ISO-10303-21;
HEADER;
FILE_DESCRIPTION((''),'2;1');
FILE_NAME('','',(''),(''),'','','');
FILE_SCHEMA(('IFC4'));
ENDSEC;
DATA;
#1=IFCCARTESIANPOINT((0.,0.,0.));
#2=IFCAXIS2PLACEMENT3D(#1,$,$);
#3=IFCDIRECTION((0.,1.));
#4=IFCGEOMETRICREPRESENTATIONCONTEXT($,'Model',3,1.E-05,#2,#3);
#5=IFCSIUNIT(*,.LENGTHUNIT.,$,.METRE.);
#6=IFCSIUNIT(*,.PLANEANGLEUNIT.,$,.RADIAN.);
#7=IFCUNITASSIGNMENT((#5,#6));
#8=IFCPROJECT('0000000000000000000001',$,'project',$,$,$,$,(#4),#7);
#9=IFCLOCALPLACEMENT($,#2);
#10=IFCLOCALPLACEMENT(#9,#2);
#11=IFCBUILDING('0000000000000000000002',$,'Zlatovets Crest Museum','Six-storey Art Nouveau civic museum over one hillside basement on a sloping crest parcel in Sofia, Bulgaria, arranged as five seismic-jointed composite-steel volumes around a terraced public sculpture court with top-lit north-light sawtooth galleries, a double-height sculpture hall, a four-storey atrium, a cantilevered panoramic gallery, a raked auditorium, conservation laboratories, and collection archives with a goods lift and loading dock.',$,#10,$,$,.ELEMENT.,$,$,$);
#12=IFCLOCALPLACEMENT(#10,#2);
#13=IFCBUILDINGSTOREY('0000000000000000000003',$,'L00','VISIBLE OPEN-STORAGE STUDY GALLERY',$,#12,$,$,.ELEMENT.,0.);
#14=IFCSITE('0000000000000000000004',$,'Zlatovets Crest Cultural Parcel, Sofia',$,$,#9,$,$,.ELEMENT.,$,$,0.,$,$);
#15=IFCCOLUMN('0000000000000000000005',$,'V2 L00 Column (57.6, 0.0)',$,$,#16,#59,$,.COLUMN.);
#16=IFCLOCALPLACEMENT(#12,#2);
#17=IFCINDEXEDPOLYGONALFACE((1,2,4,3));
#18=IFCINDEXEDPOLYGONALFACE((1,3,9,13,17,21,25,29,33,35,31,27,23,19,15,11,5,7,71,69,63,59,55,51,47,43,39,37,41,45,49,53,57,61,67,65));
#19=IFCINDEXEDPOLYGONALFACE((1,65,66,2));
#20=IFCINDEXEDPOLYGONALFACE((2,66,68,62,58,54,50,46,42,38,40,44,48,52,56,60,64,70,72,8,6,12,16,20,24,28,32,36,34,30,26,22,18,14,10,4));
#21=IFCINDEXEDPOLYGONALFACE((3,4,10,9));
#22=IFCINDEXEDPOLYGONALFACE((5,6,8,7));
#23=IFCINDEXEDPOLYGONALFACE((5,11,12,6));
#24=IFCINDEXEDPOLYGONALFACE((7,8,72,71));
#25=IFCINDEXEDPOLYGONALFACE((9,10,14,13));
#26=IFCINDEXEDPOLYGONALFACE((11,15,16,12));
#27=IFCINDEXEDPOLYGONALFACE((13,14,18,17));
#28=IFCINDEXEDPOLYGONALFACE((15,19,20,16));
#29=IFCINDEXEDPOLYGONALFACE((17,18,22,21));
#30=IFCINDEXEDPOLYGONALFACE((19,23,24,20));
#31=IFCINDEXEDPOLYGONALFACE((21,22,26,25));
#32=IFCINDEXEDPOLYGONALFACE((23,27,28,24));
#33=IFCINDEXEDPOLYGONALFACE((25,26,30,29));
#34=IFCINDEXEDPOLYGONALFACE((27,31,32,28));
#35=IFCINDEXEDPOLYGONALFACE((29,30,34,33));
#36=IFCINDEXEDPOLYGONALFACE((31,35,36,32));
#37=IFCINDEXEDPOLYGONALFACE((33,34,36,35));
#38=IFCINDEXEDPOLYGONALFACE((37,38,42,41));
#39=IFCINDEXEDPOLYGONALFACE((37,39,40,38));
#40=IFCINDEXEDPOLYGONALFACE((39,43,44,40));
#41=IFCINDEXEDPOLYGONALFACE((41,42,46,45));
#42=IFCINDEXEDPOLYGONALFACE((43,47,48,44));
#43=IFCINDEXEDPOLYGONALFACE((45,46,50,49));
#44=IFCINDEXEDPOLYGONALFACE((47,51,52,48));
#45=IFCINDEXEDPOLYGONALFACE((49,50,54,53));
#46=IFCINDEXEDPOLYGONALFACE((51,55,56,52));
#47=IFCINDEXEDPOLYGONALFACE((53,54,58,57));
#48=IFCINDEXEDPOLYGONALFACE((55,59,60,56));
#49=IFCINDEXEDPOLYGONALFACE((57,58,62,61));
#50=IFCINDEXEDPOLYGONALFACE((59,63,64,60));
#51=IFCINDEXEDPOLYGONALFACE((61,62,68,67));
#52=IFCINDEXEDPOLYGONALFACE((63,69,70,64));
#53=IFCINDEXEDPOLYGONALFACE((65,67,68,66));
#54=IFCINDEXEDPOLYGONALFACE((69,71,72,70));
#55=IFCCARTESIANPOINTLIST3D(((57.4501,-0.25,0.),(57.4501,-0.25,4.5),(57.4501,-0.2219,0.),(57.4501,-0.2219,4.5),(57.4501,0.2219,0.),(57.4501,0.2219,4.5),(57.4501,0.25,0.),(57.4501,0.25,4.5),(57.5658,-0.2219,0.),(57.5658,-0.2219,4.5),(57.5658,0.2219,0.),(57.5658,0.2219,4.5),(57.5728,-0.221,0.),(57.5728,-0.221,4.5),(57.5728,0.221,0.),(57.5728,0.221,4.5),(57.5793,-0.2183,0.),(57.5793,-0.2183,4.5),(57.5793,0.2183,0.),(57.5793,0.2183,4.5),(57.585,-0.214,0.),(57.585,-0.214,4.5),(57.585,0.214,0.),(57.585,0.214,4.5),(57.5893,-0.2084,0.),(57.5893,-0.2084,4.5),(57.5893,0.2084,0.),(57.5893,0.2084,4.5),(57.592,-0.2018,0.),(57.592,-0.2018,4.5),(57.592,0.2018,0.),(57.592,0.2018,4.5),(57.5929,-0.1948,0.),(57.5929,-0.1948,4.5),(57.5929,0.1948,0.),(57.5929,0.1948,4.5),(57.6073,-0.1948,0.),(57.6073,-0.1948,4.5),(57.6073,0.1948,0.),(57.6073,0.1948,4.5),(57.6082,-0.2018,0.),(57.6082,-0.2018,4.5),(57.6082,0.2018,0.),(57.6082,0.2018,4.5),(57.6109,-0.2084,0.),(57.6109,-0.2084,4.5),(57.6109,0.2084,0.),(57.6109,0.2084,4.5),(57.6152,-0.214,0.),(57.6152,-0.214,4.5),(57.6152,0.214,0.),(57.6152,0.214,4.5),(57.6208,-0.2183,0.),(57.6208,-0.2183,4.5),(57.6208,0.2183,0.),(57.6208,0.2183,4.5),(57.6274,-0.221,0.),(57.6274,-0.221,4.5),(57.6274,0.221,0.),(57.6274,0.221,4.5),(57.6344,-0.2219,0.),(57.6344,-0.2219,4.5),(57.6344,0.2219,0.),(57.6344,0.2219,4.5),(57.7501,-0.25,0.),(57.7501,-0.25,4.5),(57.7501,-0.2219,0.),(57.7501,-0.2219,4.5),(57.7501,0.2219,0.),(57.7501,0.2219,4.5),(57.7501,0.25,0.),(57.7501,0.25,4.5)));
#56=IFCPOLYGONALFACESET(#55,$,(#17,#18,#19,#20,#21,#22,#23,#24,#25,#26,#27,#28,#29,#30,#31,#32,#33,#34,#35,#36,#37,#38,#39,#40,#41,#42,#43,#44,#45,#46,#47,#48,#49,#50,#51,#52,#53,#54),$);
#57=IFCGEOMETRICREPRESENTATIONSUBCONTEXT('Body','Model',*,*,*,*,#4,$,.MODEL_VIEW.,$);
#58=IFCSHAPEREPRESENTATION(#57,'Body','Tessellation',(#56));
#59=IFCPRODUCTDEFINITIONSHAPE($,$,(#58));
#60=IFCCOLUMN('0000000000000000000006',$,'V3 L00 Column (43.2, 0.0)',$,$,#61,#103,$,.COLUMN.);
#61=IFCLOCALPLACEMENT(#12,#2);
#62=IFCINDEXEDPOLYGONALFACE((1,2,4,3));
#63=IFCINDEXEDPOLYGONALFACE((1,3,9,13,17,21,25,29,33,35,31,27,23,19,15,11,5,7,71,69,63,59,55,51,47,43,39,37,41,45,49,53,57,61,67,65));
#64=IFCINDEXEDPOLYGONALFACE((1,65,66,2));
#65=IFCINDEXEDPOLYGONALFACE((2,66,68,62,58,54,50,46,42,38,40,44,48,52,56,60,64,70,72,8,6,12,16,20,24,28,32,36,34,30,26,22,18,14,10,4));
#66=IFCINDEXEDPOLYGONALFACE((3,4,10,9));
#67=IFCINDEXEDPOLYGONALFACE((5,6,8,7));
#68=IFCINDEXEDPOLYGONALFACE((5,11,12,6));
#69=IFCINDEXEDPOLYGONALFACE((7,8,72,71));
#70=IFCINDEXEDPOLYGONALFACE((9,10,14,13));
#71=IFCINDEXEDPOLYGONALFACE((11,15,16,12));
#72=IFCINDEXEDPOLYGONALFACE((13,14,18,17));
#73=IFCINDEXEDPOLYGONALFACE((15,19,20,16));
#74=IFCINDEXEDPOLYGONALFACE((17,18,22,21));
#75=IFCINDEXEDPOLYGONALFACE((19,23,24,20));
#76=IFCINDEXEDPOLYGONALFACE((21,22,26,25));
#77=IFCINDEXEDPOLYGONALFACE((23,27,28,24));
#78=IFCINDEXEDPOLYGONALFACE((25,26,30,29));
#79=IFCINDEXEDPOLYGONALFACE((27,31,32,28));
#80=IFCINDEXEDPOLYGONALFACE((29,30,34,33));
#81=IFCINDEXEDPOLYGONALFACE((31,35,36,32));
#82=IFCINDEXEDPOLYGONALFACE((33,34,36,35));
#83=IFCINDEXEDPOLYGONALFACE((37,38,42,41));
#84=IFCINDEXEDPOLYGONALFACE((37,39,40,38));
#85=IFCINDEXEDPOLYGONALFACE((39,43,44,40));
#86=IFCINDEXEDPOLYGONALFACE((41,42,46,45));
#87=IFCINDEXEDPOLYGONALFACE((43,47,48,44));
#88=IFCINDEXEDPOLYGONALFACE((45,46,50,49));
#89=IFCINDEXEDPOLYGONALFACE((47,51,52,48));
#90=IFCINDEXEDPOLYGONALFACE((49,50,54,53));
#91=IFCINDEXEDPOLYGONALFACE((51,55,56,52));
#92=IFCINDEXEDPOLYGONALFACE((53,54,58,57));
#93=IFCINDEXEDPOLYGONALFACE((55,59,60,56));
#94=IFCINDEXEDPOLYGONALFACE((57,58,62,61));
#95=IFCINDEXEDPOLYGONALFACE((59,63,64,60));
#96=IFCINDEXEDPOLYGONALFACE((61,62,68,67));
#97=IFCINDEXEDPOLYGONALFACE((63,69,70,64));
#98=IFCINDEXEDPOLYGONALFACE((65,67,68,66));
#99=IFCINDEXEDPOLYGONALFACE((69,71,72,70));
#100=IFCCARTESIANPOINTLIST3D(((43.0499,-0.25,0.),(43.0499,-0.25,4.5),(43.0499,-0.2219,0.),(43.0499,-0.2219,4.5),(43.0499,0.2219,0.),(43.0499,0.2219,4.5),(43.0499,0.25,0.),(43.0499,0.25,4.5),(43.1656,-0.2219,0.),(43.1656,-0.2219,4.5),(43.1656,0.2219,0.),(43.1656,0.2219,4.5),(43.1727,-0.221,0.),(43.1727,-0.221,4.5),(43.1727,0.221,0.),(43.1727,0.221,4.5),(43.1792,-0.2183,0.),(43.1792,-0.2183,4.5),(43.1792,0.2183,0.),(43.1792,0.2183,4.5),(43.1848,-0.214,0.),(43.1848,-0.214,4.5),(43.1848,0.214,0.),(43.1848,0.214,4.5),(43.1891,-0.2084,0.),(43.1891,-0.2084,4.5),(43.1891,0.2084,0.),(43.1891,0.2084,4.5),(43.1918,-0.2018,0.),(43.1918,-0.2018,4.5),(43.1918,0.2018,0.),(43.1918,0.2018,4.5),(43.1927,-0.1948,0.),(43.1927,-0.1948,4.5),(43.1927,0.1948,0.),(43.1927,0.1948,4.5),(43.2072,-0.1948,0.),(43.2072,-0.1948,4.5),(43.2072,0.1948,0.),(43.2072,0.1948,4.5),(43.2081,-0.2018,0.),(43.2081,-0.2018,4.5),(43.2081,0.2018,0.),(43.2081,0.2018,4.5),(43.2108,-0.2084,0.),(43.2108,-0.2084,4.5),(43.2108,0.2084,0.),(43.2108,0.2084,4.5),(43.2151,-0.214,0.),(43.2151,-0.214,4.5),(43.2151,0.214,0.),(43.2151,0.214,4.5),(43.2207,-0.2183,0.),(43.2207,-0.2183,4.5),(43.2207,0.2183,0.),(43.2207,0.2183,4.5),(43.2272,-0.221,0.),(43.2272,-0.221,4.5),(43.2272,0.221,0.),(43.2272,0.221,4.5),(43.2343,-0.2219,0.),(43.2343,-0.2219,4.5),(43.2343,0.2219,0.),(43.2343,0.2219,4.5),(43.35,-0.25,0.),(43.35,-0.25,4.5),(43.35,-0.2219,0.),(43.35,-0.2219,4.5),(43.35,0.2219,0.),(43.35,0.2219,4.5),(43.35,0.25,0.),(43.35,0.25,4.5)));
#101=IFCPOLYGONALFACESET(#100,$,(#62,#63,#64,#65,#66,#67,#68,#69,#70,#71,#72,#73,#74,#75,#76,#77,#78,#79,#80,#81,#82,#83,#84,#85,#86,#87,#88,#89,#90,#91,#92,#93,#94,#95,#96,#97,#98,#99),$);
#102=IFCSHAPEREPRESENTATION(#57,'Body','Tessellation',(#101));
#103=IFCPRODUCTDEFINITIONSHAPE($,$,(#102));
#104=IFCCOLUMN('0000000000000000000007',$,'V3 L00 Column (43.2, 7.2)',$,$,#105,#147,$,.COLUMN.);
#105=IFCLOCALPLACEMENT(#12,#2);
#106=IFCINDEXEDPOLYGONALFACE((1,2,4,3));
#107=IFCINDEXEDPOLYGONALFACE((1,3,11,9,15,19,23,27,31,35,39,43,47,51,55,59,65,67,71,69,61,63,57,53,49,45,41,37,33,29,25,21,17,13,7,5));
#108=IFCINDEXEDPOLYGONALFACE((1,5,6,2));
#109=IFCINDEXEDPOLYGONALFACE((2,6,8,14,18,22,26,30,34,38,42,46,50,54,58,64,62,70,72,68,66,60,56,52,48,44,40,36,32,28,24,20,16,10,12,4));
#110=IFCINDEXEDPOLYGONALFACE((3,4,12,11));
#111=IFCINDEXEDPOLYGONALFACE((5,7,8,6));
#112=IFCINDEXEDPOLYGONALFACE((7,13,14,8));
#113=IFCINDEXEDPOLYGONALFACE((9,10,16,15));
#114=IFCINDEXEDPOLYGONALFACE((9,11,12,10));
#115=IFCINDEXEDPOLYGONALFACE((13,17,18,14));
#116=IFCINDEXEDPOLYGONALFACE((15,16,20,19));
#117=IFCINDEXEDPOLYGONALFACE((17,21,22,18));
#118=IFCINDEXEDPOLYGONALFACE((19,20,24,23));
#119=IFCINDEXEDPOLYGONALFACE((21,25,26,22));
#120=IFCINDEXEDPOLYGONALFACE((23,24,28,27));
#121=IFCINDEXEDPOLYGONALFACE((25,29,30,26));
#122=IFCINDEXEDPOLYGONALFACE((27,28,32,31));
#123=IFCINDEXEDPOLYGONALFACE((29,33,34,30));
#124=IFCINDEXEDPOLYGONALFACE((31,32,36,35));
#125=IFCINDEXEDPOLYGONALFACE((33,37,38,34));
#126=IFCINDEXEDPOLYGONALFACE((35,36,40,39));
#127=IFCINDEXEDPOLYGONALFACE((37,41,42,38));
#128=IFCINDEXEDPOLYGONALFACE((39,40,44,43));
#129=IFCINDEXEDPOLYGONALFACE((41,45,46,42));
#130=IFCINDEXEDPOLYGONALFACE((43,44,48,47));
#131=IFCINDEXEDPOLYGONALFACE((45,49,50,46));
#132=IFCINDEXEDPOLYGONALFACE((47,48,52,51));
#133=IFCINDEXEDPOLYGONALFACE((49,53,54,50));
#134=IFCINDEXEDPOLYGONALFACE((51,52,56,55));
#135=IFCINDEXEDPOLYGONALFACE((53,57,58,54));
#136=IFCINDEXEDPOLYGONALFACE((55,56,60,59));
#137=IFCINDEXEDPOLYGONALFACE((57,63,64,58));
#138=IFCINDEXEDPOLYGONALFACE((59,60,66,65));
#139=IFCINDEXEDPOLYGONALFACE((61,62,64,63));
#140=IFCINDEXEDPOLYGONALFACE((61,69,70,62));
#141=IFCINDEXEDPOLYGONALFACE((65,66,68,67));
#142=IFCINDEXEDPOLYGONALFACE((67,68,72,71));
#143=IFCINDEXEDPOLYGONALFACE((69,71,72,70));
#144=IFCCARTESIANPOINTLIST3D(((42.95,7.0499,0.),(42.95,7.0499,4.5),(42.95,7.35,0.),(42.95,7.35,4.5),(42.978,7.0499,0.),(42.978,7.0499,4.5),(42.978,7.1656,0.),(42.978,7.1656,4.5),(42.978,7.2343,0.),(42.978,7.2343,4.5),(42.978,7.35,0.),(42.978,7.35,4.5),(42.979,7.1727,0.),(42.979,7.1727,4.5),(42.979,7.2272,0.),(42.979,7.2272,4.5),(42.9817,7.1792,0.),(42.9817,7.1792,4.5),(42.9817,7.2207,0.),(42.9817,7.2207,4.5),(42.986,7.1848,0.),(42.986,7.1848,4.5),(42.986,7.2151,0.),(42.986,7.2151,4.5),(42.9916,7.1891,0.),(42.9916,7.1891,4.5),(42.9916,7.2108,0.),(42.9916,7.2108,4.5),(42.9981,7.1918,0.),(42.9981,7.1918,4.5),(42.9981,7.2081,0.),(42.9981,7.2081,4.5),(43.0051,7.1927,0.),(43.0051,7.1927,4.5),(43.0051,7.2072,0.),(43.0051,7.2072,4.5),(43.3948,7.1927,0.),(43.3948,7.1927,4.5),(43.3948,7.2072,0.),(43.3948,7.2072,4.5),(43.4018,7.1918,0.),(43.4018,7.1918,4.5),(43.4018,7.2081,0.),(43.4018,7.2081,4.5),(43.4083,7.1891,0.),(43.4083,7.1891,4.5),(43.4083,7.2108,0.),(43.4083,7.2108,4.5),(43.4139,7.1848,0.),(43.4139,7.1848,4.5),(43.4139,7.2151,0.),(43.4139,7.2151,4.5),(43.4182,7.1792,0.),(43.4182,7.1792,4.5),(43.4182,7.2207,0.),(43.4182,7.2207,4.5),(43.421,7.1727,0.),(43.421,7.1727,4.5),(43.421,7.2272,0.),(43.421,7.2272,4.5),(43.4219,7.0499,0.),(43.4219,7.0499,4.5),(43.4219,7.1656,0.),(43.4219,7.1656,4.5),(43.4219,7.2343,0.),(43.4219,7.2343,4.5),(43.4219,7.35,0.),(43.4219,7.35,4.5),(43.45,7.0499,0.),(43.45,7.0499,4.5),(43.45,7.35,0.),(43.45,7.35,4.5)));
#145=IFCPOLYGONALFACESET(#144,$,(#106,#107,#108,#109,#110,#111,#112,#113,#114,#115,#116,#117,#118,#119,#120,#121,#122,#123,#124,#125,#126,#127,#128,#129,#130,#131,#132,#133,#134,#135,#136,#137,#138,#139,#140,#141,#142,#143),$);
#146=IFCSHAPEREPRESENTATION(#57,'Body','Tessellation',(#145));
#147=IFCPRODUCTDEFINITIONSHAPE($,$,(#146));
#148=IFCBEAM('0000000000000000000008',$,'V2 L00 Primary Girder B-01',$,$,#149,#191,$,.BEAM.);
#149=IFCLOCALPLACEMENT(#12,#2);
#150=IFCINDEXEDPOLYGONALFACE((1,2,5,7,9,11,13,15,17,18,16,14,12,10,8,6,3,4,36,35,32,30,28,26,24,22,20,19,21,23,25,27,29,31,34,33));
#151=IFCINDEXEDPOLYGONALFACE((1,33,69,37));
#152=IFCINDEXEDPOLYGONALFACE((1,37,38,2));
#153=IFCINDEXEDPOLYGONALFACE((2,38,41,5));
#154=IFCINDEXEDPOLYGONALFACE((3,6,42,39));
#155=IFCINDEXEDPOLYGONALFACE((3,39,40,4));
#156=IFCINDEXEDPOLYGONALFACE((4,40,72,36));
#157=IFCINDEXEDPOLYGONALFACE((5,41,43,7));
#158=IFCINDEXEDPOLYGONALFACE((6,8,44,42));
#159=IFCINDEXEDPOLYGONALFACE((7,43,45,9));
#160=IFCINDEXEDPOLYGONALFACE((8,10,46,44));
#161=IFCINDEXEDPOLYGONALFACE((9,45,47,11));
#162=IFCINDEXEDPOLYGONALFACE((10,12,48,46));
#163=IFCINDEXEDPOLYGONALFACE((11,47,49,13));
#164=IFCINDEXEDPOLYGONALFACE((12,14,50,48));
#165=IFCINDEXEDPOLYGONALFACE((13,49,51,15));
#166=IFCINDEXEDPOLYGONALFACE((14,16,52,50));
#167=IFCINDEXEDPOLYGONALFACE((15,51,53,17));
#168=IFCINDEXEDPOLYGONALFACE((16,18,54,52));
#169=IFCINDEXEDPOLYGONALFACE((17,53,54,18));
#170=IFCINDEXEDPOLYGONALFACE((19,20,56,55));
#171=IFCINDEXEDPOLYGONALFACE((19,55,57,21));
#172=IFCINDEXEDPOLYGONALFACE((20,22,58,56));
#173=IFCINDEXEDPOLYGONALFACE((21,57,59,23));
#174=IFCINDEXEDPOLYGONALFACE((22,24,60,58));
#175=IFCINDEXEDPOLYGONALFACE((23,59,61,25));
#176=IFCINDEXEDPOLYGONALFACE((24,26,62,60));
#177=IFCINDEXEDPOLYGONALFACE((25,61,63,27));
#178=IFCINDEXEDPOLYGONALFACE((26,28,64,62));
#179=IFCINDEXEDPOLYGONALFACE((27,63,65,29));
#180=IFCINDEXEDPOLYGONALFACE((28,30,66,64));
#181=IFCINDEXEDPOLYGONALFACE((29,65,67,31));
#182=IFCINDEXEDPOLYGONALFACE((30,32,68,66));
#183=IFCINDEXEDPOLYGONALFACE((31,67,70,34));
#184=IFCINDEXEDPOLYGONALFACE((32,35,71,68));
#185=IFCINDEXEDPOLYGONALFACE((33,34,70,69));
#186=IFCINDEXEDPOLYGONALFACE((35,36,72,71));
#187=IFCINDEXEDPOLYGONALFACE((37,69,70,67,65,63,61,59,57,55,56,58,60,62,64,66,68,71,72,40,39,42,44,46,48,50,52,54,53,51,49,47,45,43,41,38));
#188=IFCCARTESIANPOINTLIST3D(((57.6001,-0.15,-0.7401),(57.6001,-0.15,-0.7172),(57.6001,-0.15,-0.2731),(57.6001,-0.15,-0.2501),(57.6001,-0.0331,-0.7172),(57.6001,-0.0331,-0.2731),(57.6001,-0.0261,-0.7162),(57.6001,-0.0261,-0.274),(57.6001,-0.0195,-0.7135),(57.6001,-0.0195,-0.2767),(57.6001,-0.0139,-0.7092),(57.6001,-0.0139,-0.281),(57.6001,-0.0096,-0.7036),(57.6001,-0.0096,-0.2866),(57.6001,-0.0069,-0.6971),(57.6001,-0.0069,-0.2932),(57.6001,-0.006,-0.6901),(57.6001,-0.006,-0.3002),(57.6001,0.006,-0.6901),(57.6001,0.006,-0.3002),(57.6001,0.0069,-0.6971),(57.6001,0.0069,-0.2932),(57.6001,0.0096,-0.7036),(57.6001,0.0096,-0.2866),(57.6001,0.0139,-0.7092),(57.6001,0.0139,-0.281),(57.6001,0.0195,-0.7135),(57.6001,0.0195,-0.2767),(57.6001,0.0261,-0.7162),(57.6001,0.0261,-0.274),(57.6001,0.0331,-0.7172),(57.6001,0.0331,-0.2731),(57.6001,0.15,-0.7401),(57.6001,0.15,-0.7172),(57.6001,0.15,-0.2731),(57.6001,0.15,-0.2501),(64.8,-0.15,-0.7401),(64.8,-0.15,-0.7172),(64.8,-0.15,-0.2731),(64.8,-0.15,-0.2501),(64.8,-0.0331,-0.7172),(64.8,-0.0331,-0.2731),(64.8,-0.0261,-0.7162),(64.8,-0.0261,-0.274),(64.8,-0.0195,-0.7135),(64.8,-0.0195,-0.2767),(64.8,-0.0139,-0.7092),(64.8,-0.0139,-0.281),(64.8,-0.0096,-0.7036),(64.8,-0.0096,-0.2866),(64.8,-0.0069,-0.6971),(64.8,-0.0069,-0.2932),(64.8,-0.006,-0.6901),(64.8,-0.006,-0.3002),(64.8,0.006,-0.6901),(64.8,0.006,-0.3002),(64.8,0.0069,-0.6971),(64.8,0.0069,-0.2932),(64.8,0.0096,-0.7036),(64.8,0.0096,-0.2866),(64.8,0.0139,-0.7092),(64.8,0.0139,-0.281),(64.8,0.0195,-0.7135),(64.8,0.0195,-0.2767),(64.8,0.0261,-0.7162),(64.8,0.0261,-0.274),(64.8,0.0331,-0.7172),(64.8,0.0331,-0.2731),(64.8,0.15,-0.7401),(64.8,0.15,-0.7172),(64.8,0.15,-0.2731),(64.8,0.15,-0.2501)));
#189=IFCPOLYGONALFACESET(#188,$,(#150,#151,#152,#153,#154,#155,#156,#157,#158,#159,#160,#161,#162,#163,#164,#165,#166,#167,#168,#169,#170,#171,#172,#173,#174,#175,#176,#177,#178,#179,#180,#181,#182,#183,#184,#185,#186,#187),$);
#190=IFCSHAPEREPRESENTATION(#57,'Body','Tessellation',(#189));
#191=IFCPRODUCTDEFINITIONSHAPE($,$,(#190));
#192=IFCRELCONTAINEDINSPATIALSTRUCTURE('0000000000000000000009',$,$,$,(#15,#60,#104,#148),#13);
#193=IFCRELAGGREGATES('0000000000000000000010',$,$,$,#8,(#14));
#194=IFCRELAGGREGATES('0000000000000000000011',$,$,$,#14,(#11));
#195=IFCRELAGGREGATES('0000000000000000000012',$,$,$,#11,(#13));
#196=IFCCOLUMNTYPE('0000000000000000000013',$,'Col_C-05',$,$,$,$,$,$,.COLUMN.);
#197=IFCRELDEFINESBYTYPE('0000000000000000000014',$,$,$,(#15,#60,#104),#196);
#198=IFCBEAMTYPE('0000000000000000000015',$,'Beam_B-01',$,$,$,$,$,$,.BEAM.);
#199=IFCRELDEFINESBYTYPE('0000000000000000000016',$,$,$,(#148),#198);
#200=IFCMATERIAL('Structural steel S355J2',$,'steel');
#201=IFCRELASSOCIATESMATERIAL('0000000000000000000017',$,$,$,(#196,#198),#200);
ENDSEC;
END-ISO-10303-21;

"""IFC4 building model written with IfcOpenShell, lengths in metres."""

from ifc_helpers import new_model, si_unit, direction, frame, origin, origin_2d, place, context, subcontext, project, spatial, i_section, extrude, material, material_profile, profile_set, type_object, element, save


model = new_model("IFC4")

# Units and contexts
model_context = context("Model", 3, precision=1e-05, world=origin(), true_north=direction((0.0, 1.0)))
body_context = subcontext(model_context, "Body", "Model", "MODEL_VIEW")
ifc_project = project(units=[si_unit("LENGTHUNIT", "METRE"), si_unit("PLANEANGLEUNIT", "RADIAN")], contexts=[model_context])

# Site, building, storey
site_placement = place(None, origin())
site = spatial("IfcSite", under=ifc_project, at=site_placement, Name="Zlatovets Crest Cultural Parcel, Sofia", CompositionType="ELEMENT", RefElevation=0.0)
building_placement = place(site_placement, origin())
building = spatial("IfcBuilding", under=site, at=building_placement, Name="Zlatovets Crest Museum", Description="Six-storey Art Nouveau civic museum over one hillside basement on a sloping crest parcel in Sofia, Bulgaria, arranged as five seismic-jointed composite-steel volumes around a terraced public sculpture court with top-lit north-light sawtooth galleries, a double-height sculpture hall, a four-storey atrium, a cantilevered panoramic gallery, a raked auditorium, conservation laboratories, and collection archives with a goods lift and loading dock.", CompositionType="ELEMENT")
storey_placement = place(building_placement, origin())
storey = spatial("IfcBuildingStorey", under=building, at=storey_placement, Name="L00", Description="VISIBLE OPEN-STORAGE STUDY GALLERY", CompositionType="ELEMENT", Elevation=0.0)

# Columns
ifc_material_1 = material(Name="Structural steel S355J2", Category="steel")
ifc_material_profile_1 = material_profile(ifc_material_1, i_section(OverallWidth=0.3, OverallDepth=0.5, WebThickness=0.0144, FlangeThickness=0.0281, FilletRadius=0.0271, at=origin_2d()), Name="HEB 500")
ifc_profile_set_1 = profile_set([ifc_material_profile_1], Name="Structural steel S355J2")
column_type = type_object("IfcColumnType", Name="Col_C-05", PredefinedType="COLUMN", material=ifc_profile_set_1)
for number, where, z_axis, x_axis, name in (
    (1, (57.6001, 0.0, 0.0), (0.0, 0.0, 1.0), (1.0, 0.0, 0.0), "V2 L00 Column (57.6, 0.0)"),
    (2, (43.2, 0.0, 0.0), (0.0, 0.0, 1.0), (1.0, 0.0, 0.0), "V3 L00 Column (43.2, 0.0)"),
    (3, (43.2, 7.2, 0.0), (0.0, 0.0, 1.0), (0.0, 1.0, 0.0), "V3 L00 Column (43.2, 7.2)"),
):
    element("IfcColumn", number, at=place(storey_placement, frame(where, z_axis=z_axis, x_axis=x_axis)), inside=storey, type_object=column_type, Name=name, PredefinedType="COLUMN", context=body_context, shape_type="SweptSolid", body=[
        extrude(i_section(OverallWidth=0.3, OverallDepth=0.5, WebThickness=0.0144, FlangeThickness=0.0281, FilletRadius=0.0271, at=origin_2d()), origin(), (0.0, 0.0, 1.0), 4.5),
    ])

# Beam
ifc_material_profile_2 = material_profile(ifc_material_1, i_section(OverallWidth=0.3, OverallDepth=0.49, WebThickness=0.012, FlangeThickness=0.0229, FilletRadius=0.0271, at=origin_2d()), Name="HEA 500")
ifc_profile_set_2 = profile_set([ifc_material_profile_2], Name="Structural steel S355J2")
beam_type_1 = type_object("IfcBeamType", Name="Beam_B-01", PredefinedType="BEAM", material=ifc_profile_set_2)
for number, where, z_axis, x_axis, name in (
    (4, (57.6001, 0.0, -0.4951), (1.0, 0.0, 0.0), (0.0, 1.0, 0.0), "V2 L00 Primary Girder B-01"),
):
    element("IfcBeam", number, at=place(storey_placement, frame(where, z_axis=z_axis, x_axis=x_axis)), inside=storey, type_object=beam_type_1, Name=name, PredefinedType="BEAM", context=body_context, shape_type="SweptSolid", body=[
        extrude(i_section(OverallWidth=0.3, OverallDepth=0.49, WebThickness=0.012, FlangeThickness=0.0229, FilletRadius=0.0271, at=origin_2d()), origin(), (0.0, 0.0, 1.0), 7.2),
    ])

save(model, "model.ifc")
